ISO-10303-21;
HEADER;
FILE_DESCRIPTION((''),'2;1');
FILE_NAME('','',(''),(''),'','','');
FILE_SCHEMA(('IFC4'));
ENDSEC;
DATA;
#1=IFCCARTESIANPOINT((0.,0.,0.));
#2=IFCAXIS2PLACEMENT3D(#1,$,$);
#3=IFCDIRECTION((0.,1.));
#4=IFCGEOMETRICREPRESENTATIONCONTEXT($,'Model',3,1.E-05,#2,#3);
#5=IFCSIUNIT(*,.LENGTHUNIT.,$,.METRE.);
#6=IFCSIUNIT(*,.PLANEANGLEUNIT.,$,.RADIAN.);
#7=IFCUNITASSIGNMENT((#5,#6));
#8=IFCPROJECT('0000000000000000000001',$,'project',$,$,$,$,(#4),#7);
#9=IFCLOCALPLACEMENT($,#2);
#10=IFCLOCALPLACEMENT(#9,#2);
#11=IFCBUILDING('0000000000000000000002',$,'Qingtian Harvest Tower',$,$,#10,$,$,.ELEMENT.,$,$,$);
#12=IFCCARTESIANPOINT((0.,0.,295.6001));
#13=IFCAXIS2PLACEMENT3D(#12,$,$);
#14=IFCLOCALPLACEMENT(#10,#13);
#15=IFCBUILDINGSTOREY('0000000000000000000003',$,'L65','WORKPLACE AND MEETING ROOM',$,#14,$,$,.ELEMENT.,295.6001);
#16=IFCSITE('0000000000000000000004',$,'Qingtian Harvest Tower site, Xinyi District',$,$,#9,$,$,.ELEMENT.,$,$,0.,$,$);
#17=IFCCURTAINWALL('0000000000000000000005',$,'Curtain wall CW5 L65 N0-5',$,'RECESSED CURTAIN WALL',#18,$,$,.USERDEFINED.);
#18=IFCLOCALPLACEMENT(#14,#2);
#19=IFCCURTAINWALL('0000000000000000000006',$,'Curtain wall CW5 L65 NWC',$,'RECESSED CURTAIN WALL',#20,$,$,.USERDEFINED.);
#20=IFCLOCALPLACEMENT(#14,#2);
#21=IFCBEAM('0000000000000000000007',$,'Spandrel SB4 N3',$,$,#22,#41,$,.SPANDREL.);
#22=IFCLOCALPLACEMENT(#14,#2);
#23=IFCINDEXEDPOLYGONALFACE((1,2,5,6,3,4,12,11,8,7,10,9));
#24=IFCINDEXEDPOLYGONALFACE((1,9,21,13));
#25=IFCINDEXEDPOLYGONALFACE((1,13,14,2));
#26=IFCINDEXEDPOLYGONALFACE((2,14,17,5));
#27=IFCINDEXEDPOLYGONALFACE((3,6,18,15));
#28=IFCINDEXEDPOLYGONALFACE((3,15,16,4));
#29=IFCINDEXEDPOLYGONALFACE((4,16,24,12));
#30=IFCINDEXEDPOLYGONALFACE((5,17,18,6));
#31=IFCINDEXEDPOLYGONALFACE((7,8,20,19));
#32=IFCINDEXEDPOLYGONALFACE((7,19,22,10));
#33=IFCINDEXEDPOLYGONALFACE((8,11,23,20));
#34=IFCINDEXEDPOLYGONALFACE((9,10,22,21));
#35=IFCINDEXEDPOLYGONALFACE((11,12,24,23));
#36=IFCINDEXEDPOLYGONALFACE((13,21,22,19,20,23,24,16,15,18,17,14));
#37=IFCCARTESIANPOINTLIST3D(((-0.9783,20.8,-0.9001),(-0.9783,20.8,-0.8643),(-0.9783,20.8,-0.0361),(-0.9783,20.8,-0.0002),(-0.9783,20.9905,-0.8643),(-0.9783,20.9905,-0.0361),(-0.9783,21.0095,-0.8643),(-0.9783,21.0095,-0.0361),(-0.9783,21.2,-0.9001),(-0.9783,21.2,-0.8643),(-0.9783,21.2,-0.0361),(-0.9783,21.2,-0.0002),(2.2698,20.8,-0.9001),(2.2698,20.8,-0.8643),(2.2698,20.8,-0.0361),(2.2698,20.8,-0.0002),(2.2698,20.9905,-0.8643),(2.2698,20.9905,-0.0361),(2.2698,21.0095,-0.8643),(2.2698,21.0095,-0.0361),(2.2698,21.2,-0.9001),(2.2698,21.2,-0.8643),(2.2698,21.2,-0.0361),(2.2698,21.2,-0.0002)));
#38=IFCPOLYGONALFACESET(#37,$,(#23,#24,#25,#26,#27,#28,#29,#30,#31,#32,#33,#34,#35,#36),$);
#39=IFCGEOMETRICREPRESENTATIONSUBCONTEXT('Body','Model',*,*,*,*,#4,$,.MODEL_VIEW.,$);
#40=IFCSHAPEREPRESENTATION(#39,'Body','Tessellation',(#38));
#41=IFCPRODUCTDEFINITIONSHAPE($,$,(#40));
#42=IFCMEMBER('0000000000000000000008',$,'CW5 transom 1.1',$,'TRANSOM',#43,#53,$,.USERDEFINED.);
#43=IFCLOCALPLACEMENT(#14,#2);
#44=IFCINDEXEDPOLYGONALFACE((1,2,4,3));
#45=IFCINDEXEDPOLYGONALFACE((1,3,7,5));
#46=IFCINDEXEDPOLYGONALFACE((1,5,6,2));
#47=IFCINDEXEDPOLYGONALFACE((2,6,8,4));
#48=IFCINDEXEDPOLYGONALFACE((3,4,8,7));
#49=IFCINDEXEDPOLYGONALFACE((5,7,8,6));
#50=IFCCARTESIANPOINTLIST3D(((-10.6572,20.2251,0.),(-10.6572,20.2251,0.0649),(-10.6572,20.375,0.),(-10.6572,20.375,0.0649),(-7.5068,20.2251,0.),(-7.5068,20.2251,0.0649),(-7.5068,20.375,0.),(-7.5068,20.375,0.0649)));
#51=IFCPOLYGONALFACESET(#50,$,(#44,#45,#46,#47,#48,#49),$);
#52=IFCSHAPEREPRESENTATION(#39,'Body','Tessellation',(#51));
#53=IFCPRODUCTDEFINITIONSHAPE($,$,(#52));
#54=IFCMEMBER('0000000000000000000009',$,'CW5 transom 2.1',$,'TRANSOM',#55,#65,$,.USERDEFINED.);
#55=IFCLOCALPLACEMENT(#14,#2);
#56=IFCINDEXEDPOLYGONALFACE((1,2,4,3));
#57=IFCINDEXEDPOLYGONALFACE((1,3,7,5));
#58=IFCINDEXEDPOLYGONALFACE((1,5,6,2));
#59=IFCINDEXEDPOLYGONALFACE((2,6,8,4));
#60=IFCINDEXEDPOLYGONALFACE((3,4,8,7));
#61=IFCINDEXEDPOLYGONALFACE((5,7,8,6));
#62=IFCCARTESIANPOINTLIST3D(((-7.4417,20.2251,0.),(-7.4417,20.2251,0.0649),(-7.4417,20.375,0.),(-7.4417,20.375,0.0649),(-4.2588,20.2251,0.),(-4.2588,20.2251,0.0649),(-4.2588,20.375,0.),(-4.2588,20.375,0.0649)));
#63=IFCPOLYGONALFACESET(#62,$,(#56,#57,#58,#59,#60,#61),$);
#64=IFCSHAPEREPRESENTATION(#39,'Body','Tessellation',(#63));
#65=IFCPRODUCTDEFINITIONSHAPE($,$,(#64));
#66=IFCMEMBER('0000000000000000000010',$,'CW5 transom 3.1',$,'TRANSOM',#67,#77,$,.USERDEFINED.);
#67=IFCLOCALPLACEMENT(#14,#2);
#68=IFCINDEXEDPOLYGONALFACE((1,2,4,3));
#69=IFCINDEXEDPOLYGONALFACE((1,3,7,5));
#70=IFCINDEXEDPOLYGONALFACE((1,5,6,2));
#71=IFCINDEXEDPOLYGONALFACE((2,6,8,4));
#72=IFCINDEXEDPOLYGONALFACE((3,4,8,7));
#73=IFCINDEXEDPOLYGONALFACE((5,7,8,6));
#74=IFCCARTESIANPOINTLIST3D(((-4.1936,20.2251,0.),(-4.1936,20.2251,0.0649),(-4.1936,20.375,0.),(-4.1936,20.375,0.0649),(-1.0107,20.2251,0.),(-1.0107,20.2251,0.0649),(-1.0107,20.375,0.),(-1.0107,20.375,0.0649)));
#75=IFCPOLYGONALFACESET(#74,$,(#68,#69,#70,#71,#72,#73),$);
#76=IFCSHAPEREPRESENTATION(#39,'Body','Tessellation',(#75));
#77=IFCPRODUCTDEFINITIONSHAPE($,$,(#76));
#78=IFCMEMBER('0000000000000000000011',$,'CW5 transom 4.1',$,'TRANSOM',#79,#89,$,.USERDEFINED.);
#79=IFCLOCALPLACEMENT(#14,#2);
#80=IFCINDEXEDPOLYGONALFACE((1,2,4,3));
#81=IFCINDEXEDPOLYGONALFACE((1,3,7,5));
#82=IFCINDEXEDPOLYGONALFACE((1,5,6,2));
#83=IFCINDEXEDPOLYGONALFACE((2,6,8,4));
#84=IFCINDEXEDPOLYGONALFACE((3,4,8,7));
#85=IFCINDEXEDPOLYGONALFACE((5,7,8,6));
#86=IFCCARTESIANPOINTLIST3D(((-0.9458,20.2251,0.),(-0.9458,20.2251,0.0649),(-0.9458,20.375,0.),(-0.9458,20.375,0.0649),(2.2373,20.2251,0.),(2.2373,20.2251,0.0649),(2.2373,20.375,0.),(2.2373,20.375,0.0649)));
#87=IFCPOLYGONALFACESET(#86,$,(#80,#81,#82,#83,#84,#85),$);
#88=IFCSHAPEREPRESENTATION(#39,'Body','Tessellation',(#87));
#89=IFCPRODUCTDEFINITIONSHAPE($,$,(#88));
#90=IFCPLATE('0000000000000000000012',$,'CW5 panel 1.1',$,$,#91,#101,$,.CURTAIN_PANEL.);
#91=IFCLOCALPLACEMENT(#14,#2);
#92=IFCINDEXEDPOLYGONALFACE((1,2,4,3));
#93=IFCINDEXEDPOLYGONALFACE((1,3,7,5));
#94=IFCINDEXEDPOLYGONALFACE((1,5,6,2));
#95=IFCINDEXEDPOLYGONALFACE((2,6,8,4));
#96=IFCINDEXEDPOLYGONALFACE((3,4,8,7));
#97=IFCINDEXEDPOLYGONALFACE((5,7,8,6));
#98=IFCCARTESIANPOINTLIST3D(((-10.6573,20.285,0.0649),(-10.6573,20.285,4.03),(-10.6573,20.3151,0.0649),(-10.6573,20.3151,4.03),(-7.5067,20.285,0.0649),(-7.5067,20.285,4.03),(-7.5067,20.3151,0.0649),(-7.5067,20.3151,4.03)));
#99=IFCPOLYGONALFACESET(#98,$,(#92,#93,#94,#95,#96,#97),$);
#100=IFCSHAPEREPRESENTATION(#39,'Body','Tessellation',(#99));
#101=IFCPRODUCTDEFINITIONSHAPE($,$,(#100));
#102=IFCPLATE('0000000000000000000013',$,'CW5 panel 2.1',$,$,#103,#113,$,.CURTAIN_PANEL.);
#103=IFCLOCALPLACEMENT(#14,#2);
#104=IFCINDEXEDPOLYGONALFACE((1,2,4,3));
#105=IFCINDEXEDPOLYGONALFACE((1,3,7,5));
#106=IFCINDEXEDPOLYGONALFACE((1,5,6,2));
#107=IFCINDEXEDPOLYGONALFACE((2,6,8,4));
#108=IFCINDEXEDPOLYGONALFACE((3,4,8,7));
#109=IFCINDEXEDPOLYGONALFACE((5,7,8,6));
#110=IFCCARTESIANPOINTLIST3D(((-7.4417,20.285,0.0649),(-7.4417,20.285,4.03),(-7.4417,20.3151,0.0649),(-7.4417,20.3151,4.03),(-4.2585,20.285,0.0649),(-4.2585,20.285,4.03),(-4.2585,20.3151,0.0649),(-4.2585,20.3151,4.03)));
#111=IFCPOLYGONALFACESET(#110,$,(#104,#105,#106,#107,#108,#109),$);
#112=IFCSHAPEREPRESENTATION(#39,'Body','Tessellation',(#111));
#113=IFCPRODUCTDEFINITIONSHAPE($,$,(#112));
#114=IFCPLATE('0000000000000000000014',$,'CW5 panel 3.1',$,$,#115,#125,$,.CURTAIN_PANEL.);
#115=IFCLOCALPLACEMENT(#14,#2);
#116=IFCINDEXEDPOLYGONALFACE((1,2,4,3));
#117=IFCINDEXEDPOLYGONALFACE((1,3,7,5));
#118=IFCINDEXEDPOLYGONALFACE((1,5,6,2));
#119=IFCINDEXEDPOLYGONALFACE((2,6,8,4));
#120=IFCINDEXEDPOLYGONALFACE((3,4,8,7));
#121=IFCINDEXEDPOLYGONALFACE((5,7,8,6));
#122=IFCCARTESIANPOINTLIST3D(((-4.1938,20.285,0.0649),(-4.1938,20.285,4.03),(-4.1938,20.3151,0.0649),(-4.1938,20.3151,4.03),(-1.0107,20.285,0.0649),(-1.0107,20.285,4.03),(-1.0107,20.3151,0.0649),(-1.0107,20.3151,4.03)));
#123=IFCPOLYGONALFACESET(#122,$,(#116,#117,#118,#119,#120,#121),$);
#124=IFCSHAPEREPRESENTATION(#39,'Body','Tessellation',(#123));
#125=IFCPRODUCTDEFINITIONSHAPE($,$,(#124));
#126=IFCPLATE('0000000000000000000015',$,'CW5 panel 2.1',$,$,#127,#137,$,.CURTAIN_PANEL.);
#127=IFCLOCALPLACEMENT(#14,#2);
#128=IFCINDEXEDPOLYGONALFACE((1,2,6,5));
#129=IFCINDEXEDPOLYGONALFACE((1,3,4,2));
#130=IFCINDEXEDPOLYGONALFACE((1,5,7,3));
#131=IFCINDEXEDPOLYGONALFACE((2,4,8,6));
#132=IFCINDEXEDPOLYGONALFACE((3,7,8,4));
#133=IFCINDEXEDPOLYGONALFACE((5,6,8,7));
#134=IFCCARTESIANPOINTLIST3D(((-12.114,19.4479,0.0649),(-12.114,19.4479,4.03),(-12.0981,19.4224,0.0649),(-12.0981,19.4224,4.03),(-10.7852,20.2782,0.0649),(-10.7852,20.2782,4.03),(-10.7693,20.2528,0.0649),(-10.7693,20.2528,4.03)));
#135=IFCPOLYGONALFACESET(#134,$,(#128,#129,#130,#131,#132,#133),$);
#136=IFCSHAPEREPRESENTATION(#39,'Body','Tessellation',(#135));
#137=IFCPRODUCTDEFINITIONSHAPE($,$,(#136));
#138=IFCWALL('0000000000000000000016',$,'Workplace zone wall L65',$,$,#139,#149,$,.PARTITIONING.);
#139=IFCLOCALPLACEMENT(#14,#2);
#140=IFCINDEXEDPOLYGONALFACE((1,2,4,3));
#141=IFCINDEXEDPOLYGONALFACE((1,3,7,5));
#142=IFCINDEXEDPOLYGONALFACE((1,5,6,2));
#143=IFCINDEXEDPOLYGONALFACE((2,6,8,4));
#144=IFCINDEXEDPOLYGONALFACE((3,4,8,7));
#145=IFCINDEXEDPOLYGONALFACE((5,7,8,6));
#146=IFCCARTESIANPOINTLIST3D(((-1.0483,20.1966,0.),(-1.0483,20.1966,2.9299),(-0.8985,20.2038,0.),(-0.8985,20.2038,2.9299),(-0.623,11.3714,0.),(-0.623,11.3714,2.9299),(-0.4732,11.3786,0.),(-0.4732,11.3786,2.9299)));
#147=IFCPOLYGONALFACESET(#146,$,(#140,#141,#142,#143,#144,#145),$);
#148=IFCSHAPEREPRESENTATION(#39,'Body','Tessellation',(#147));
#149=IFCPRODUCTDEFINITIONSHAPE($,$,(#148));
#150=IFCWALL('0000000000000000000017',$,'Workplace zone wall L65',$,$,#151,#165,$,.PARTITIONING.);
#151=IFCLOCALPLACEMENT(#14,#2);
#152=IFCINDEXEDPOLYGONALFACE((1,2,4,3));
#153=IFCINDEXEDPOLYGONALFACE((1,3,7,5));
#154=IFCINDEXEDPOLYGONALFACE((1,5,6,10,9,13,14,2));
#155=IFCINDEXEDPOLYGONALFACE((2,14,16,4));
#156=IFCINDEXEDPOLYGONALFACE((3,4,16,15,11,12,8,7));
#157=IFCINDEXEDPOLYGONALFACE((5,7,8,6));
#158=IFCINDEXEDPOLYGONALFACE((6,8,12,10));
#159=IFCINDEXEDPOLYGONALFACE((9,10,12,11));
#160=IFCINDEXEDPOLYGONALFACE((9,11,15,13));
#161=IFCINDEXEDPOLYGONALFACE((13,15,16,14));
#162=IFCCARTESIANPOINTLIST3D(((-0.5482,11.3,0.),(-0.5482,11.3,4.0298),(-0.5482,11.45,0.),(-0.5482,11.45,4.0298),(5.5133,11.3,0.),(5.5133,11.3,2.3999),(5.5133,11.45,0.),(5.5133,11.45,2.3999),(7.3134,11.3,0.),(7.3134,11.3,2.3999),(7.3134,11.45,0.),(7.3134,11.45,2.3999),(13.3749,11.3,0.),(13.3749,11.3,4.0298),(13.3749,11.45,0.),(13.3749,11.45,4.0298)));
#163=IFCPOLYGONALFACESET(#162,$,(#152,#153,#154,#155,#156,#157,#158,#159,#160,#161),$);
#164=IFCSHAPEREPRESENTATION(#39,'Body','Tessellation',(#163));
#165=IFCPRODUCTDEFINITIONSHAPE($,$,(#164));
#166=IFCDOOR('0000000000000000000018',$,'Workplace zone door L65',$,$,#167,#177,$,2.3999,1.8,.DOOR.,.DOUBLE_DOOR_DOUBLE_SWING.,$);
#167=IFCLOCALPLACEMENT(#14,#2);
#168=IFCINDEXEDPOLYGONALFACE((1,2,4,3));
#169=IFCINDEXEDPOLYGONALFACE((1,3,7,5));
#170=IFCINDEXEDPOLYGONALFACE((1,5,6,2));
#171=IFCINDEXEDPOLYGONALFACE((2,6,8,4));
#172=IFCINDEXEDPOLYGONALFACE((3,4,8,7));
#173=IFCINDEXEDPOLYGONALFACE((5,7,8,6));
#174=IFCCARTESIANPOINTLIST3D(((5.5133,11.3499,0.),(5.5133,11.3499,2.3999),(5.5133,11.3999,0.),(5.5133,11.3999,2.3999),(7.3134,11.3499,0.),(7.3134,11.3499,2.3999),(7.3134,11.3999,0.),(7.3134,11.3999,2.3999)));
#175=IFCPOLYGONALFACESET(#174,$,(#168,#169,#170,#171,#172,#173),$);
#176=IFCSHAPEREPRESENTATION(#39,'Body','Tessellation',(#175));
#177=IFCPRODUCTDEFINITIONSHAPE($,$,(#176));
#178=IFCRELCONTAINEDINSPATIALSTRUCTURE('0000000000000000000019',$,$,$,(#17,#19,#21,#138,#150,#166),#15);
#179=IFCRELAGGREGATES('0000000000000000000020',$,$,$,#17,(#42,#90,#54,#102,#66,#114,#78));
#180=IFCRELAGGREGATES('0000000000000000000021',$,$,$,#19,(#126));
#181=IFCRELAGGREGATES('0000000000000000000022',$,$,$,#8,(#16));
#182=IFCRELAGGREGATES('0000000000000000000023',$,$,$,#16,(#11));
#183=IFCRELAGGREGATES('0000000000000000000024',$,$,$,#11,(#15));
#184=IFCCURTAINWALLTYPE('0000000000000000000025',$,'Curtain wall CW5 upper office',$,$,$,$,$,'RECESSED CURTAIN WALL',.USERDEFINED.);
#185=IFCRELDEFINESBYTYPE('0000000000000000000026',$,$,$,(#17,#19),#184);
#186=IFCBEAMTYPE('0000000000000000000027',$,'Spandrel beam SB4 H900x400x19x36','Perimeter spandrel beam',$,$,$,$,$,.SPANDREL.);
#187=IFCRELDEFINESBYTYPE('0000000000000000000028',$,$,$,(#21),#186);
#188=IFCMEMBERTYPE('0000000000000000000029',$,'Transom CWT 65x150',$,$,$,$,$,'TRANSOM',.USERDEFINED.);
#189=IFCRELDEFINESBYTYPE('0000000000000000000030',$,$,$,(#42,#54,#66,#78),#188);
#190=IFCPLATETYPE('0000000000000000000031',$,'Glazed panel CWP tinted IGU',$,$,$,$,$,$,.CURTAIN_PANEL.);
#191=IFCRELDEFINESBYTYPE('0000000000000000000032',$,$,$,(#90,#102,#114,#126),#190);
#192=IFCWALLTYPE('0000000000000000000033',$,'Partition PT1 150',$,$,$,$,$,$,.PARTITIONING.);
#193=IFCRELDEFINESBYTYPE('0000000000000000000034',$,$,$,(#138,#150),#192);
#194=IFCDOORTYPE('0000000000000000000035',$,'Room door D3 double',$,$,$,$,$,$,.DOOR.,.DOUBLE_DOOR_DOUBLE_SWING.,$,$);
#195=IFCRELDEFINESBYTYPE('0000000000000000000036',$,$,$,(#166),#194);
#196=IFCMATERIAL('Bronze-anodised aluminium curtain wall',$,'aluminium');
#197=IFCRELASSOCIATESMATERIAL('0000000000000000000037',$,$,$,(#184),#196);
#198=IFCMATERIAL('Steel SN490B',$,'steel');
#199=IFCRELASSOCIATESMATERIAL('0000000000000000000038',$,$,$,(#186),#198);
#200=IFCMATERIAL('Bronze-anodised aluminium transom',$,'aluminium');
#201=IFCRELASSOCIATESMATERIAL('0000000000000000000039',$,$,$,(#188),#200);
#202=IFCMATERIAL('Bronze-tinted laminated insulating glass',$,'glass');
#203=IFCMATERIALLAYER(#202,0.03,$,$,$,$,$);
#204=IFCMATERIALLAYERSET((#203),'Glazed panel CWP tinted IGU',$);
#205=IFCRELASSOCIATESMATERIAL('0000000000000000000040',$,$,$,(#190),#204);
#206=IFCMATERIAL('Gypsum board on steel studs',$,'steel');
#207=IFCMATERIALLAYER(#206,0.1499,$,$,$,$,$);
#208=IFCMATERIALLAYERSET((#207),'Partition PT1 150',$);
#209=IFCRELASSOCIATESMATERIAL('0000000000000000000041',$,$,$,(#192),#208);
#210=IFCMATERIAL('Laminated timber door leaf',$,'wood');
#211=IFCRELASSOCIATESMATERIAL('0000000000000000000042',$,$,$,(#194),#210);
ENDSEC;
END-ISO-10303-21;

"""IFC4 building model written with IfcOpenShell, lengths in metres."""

from ifc_helpers import new_model, si_unit, direction, frame, frame_2d, origin, origin_2d, place, context, subcontext, project, spatial, rectangle, i_section, extrude, material, layer, layer_set, material_profile, profile_set, type_object, element, fill, aggregate, save


model = new_model("IFC4")

# Units and contexts
model_context = context("Model", 3, precision=1e-05, world=origin(), true_north=direction((0.0, 1.0)))
body_context = subcontext(model_context, "Body", "Model", "MODEL_VIEW")
ifc_project = project(units=[si_unit("LENGTHUNIT", "METRE"), si_unit("PLANEANGLEUNIT", "RADIAN")], contexts=[model_context])

# Site, building, storey
site_placement = place(None, origin())
site = spatial("IfcSite", under=ifc_project, at=site_placement, Name="Qingtian Harvest Tower site, Xinyi District", CompositionType="ELEMENT", RefElevation=0.0)
building_placement = place(site_placement, origin())
building = spatial("IfcBuilding", under=site, at=building_placement, Name="Qingtian Harvest Tower", CompositionType="ELEMENT")
storey_placement = place(building_placement, frame((0.0, 0.0, 295.6001)))
storey = spatial("IfcBuildingStorey", under=building, at=storey_placement, Name="L65", Description="WORKPLACE AND MEETING ROOM", CompositionType="ELEMENT", Elevation=295.6001)

# Curtain wall
ifc_material_1 = material(Name="Bronze-anodised aluminium curtain wall", Category="aluminium")
curtain_wall_type = type_object("IfcCurtainWallType", Name="Curtain wall CW5 upper office", ElementType="RECESSED CURTAIN WALL", PredefinedType="USERDEFINED", material=ifc_material_1)
curtain_wall_1_placement = place(storey_placement, origin())
curtain_wall_1 = element("IfcCurtainWall", 1, at=curtain_wall_1_placement, inside=storey, type_object=curtain_wall_type, Name="Curtain wall CW5 L65 N0-5", ObjectType="RECESSED CURTAIN WALL", PredefinedType="USERDEFINED")

# Curtain wall
curtain_wall_2_placement = place(storey_placement, origin())
curtain_wall_2 = element("IfcCurtainWall", 2, at=curtain_wall_2_placement, inside=storey, type_object=curtain_wall_type, Name="Curtain wall CW5 L65 NWC", ObjectType="RECESSED CURTAIN WALL", PredefinedType="USERDEFINED")

# Beam
ifc_material_2 = material(Name="Steel SN490B", Category="steel")
ifc_material_profile_1 = material_profile(ifc_material_2, i_section(OverallWidth=0.3999, OverallDepth=0.8999, WebThickness=0.019, FlangeThickness=0.0359, at=origin_2d()), Name="H900x400x19x36")
ifc_profile_set_1 = profile_set([ifc_material_profile_1], Name="Steel SN490B")
beam_type_1 = type_object("IfcBeamType", Name="Spandrel beam SB4 H900x400x19x36", Description="Perimeter spandrel beam", PredefinedType="SPANDREL", material=ifc_profile_set_1)
for number, where, z_axis, x_axis, name in (
    (3, (-0.9783, 21.0, -0.4502), (1.0, 0.0, 0.0), (0.0, 1.0, 0.0), "Spandrel SB4 N3"),
):
    element("IfcBeam", number, at=place(storey_placement, frame(where, z_axis=z_axis, x_axis=x_axis)), inside=storey, type_object=beam_type_1, Name=name, PredefinedType="SPANDREL", context=body_context, shape_type="SweptSolid", body=[
        extrude(i_section(OverallWidth=0.3999, OverallDepth=0.8999, WebThickness=0.019, FlangeThickness=0.0359, at=origin_2d()), origin(), (0.0, 0.0, 1.0), 3.248),
    ])

# Members
ifc_material_3 = material(Name="Bronze-anodised aluminium transom", Category="aluminium")
ifc_material_profile_2 = material_profile(ifc_material_3, rectangle(XDim=0.1499, YDim=0.0649, at=origin_2d()), Name="AL 65x150")
ifc_profile_set_2 = profile_set([ifc_material_profile_2], Name="Bronze-anodised aluminium transom")
member_type_1 = type_object("IfcMemberType", Name="Transom CWT 65x150", ElementType="TRANSOM", PredefinedType="USERDEFINED", material=ifc_profile_set_2)
member_1_placement = place(storey_placement, frame((-10.6572, 20.3, 0.0325), z_axis=(1.0, 0.0, 0.0), x_axis=(0.0, 1.0, 0.0)))
member_1 = element("IfcMember", 4, at=member_1_placement, type_object=member_type_1, Name="CW5 transom 1.1", ObjectType="TRANSOM", PredefinedType="USERDEFINED", context=body_context, shape_type="SweptSolid", body=[
    extrude(rectangle(XDim=0.1499, YDim=0.0649, at=origin_2d()), origin(), (0.0, 0.0, 1.0), 3.1504),
])
member_2_placement = place(storey_placement, frame((-7.4417, 20.3, 0.0325), z_axis=(1.0, 0.0, 0.0), x_axis=(0.0, 1.0, 0.0)))
member_2 = element("IfcMember", 5, at=member_2_placement, type_object=member_type_1, Name="CW5 transom 2.1", ObjectType="TRANSOM", PredefinedType="USERDEFINED", context=body_context, shape_type="SweptSolid", body=[
    extrude(rectangle(XDim=0.1499, YDim=0.0649, at=origin_2d()), origin(), (0.0, 0.0, 1.0), 3.1829),
])
member_3_placement = place(storey_placement, frame((-4.1936, 20.3, 0.0325), z_axis=(1.0, 0.0, 0.0), x_axis=(0.0, 1.0, 0.0)))
member_3 = element("IfcMember", 6, at=member_3_placement, type_object=member_type_1, Name="CW5 transom 3.1", ObjectType="TRANSOM", PredefinedType="USERDEFINED", context=body_context, shape_type="SweptSolid", body=[
    extrude(rectangle(XDim=0.1499, YDim=0.0649, at=origin_2d()), origin(), (0.0, 0.0, 1.0), 3.1829),
])
member_4_placement = place(storey_placement, frame((-0.9458, 20.3, 0.0325), z_axis=(1.0, 0.0, 0.0), x_axis=(0.0, 1.0, 0.0)))
member_4 = element("IfcMember", 7, at=member_4_placement, type_object=member_type_1, Name="CW5 transom 4.1", ObjectType="TRANSOM", PredefinedType="USERDEFINED", context=body_context, shape_type="SweptSolid", body=[
    extrude(rectangle(XDim=0.1499, YDim=0.0649, at=origin_2d()), origin(), (0.0, 0.0, 1.0), 3.1831),
])

# Plates
ifc_material_4 = material(Name="Bronze-tinted laminated insulating glass", Category="glass")
ifc_layer_1 = layer(ifc_material_4, 0.03)
ifc_layer_set_1 = layer_set([ifc_layer_1], Name="Glazed panel CWP tinted IGU")
plate_type = type_object("IfcPlateType", Name="Glazed panel CWP tinted IGU", PredefinedType="CURTAIN_PANEL", material=ifc_layer_set_1)
plate_1_placement = place(storey_placement, frame((-9.082, 20.3, 0.0649), z_axis=(0.0, 0.0, 1.0), x_axis=(1.0, 0.0, 0.0)))
plate_1 = element("IfcPlate", 8, at=plate_1_placement, type_object=plate_type, Name="CW5 panel 1.1", PredefinedType="CURTAIN_PANEL", context=body_context, shape_type="SweptSolid", body=[
    extrude(rectangle(XDim=3.1506, YDim=0.03, at=origin_2d()), origin(), (0.0, 0.0, 1.0), 3.9651),
])
plate_2_placement = place(storey_placement, frame((-5.8501, 20.3, 0.0649), z_axis=(0.0, 0.0, 1.0), x_axis=(1.0, 0.0, 0.0)))
plate_2 = element("IfcPlate", 9, at=plate_2_placement, type_object=plate_type, Name="CW5 panel 2.1", PredefinedType="CURTAIN_PANEL", context=body_context, shape_type="SweptSolid", body=[
    extrude(rectangle(XDim=3.1831, YDim=0.03, at=origin_2d()), origin(), (0.0, 0.0, 1.0), 3.9651),
])
plate_3_placement = place(storey_placement, frame((-2.6023, 20.3, 0.0649), z_axis=(0.0, 0.0, 1.0), x_axis=(1.0, 0.0, 0.0)))
plate_3 = element("IfcPlate", 10, at=plate_3_placement, type_object=plate_type, Name="CW5 panel 3.1", PredefinedType="CURTAIN_PANEL", context=body_context, shape_type="SweptSolid", body=[
    extrude(rectangle(XDim=3.1831, YDim=0.03, at=origin_2d()), origin(), (0.0, 0.0, 1.0), 3.9651),
])
aggregate(curtain_wall_1, [member_1, plate_1, member_2, plate_2, member_3, plate_3, member_4])
plate_4_placement = place(storey_placement, frame((-11.4417, 19.8503, 0.0649), z_axis=(0.0, 0.0, 1.0), x_axis=(0.848048, 0.529919, 0.0)))
plate_4 = element("IfcPlate", 11, at=plate_4_placement, type_object=plate_type, Name="CW5 panel 2.1", PredefinedType="CURTAIN_PANEL", context=body_context, shape_type="SweptSolid", body=[
    extrude(rectangle(XDim=1.5669, YDim=0.03, at=origin_2d()), origin(), (0.0, 0.0, 1.0), 3.9651),
])
aggregate(curtain_wall_2, [plate_4])

# Wall
ifc_material_5 = material(Name="Gypsum board on steel studs", Category="steel")
ifc_layer_2 = layer(ifc_material_5, 0.1499)
ifc_layer_set_2 = layer_set([ifc_layer_2], Name="Partition PT1 150")
wall_type = type_object("IfcWallType", Name="Partition PT1 150", PredefinedType="PARTITIONING", material=ifc_layer_set_2)
wall_1_placement = place(storey_placement, frame((-0.9734, 20.2002, 0.0), z_axis=(0.0, 0.0, 1.0), x_axis=(0.048135, -0.998841, 0.0)))
element("IfcWall", 12, at=wall_1_placement, inside=storey, type_object=wall_type, Name="Workplace zone wall L65", PredefinedType="PARTITIONING", context=body_context, shape_type="SweptSolid", body=[
    extrude(rectangle(XDim=8.8354, YDim=0.1499, at=frame_2d((4.4177, 0.0))), origin(), (0.0, 0.0, 1.0), 2.9299),
])

# Wall, opening, door
wall_2_placement = place(storey_placement, frame((-0.5481, 11.375, 0.0), z_axis=(0.0, 0.0, 1.0), x_axis=(1.0, 0.0, 0.0)))
wall_2 = element("IfcWall", 13, at=wall_2_placement, inside=storey, type_object=wall_type, Name="Workplace zone wall L65", PredefinedType="PARTITIONING", context=body_context, shape_type="SweptSolid", body=[
    extrude(rectangle(XDim=13.9231, YDim=0.1499, at=frame_2d((6.9614, 0.0))), origin(), (0.0, 0.0, 1.0), 4.0298),
])
opening_placement = place(wall_2_placement, frame((6.0615, 0.0, 0.0)))
opening = element("IfcOpeningElement", 14, at=opening_placement, cuts=wall_2, PredefinedType="OPENING", context=body_context, shape_type="SweptSolid", body=[
    extrude(rectangle(XDim=1.8, YDim=2.3999, at=frame_2d((0.8999, 1.2))), frame((0.0, 0.085, 0.0), z_axis=(0.0, -1.0, 0.0), x_axis=(1.0, 0.0, 0.0)), (0.0, 0.0, 1.0), 0.1699),
])
ifc_material_6 = material(Name="Laminated timber door leaf", Category="wood")
door_type = type_object("IfcDoorType", Name="Room door D3 double", OperationType="DOUBLE_DOOR_DOUBLE_SWING", PredefinedType="DOOR", material=ifc_material_6)
door_placement = place(opening_placement, origin())
door = element("IfcDoor", 15, at=door_placement, inside=storey, type_object=door_type, Name="Workplace zone door L65", OperationType="DOUBLE_DOOR_DOUBLE_SWING", OverallHeight=2.3999, OverallWidth=1.8, PredefinedType="DOOR", context=body_context, shape_type="SweptSolid", body=[
    extrude(rectangle(XDim=1.8, YDim=2.3999, at=frame_2d((0.8999, 1.2))), frame((0.0, 0.0249, 0.0), z_axis=(0.0, -1.0, 0.0), x_axis=(1.0, 0.0, 0.0)), (0.0, 0.0, 1.0), 0.05),
])
fill(opening, door)

save(model, "model.ifc")
